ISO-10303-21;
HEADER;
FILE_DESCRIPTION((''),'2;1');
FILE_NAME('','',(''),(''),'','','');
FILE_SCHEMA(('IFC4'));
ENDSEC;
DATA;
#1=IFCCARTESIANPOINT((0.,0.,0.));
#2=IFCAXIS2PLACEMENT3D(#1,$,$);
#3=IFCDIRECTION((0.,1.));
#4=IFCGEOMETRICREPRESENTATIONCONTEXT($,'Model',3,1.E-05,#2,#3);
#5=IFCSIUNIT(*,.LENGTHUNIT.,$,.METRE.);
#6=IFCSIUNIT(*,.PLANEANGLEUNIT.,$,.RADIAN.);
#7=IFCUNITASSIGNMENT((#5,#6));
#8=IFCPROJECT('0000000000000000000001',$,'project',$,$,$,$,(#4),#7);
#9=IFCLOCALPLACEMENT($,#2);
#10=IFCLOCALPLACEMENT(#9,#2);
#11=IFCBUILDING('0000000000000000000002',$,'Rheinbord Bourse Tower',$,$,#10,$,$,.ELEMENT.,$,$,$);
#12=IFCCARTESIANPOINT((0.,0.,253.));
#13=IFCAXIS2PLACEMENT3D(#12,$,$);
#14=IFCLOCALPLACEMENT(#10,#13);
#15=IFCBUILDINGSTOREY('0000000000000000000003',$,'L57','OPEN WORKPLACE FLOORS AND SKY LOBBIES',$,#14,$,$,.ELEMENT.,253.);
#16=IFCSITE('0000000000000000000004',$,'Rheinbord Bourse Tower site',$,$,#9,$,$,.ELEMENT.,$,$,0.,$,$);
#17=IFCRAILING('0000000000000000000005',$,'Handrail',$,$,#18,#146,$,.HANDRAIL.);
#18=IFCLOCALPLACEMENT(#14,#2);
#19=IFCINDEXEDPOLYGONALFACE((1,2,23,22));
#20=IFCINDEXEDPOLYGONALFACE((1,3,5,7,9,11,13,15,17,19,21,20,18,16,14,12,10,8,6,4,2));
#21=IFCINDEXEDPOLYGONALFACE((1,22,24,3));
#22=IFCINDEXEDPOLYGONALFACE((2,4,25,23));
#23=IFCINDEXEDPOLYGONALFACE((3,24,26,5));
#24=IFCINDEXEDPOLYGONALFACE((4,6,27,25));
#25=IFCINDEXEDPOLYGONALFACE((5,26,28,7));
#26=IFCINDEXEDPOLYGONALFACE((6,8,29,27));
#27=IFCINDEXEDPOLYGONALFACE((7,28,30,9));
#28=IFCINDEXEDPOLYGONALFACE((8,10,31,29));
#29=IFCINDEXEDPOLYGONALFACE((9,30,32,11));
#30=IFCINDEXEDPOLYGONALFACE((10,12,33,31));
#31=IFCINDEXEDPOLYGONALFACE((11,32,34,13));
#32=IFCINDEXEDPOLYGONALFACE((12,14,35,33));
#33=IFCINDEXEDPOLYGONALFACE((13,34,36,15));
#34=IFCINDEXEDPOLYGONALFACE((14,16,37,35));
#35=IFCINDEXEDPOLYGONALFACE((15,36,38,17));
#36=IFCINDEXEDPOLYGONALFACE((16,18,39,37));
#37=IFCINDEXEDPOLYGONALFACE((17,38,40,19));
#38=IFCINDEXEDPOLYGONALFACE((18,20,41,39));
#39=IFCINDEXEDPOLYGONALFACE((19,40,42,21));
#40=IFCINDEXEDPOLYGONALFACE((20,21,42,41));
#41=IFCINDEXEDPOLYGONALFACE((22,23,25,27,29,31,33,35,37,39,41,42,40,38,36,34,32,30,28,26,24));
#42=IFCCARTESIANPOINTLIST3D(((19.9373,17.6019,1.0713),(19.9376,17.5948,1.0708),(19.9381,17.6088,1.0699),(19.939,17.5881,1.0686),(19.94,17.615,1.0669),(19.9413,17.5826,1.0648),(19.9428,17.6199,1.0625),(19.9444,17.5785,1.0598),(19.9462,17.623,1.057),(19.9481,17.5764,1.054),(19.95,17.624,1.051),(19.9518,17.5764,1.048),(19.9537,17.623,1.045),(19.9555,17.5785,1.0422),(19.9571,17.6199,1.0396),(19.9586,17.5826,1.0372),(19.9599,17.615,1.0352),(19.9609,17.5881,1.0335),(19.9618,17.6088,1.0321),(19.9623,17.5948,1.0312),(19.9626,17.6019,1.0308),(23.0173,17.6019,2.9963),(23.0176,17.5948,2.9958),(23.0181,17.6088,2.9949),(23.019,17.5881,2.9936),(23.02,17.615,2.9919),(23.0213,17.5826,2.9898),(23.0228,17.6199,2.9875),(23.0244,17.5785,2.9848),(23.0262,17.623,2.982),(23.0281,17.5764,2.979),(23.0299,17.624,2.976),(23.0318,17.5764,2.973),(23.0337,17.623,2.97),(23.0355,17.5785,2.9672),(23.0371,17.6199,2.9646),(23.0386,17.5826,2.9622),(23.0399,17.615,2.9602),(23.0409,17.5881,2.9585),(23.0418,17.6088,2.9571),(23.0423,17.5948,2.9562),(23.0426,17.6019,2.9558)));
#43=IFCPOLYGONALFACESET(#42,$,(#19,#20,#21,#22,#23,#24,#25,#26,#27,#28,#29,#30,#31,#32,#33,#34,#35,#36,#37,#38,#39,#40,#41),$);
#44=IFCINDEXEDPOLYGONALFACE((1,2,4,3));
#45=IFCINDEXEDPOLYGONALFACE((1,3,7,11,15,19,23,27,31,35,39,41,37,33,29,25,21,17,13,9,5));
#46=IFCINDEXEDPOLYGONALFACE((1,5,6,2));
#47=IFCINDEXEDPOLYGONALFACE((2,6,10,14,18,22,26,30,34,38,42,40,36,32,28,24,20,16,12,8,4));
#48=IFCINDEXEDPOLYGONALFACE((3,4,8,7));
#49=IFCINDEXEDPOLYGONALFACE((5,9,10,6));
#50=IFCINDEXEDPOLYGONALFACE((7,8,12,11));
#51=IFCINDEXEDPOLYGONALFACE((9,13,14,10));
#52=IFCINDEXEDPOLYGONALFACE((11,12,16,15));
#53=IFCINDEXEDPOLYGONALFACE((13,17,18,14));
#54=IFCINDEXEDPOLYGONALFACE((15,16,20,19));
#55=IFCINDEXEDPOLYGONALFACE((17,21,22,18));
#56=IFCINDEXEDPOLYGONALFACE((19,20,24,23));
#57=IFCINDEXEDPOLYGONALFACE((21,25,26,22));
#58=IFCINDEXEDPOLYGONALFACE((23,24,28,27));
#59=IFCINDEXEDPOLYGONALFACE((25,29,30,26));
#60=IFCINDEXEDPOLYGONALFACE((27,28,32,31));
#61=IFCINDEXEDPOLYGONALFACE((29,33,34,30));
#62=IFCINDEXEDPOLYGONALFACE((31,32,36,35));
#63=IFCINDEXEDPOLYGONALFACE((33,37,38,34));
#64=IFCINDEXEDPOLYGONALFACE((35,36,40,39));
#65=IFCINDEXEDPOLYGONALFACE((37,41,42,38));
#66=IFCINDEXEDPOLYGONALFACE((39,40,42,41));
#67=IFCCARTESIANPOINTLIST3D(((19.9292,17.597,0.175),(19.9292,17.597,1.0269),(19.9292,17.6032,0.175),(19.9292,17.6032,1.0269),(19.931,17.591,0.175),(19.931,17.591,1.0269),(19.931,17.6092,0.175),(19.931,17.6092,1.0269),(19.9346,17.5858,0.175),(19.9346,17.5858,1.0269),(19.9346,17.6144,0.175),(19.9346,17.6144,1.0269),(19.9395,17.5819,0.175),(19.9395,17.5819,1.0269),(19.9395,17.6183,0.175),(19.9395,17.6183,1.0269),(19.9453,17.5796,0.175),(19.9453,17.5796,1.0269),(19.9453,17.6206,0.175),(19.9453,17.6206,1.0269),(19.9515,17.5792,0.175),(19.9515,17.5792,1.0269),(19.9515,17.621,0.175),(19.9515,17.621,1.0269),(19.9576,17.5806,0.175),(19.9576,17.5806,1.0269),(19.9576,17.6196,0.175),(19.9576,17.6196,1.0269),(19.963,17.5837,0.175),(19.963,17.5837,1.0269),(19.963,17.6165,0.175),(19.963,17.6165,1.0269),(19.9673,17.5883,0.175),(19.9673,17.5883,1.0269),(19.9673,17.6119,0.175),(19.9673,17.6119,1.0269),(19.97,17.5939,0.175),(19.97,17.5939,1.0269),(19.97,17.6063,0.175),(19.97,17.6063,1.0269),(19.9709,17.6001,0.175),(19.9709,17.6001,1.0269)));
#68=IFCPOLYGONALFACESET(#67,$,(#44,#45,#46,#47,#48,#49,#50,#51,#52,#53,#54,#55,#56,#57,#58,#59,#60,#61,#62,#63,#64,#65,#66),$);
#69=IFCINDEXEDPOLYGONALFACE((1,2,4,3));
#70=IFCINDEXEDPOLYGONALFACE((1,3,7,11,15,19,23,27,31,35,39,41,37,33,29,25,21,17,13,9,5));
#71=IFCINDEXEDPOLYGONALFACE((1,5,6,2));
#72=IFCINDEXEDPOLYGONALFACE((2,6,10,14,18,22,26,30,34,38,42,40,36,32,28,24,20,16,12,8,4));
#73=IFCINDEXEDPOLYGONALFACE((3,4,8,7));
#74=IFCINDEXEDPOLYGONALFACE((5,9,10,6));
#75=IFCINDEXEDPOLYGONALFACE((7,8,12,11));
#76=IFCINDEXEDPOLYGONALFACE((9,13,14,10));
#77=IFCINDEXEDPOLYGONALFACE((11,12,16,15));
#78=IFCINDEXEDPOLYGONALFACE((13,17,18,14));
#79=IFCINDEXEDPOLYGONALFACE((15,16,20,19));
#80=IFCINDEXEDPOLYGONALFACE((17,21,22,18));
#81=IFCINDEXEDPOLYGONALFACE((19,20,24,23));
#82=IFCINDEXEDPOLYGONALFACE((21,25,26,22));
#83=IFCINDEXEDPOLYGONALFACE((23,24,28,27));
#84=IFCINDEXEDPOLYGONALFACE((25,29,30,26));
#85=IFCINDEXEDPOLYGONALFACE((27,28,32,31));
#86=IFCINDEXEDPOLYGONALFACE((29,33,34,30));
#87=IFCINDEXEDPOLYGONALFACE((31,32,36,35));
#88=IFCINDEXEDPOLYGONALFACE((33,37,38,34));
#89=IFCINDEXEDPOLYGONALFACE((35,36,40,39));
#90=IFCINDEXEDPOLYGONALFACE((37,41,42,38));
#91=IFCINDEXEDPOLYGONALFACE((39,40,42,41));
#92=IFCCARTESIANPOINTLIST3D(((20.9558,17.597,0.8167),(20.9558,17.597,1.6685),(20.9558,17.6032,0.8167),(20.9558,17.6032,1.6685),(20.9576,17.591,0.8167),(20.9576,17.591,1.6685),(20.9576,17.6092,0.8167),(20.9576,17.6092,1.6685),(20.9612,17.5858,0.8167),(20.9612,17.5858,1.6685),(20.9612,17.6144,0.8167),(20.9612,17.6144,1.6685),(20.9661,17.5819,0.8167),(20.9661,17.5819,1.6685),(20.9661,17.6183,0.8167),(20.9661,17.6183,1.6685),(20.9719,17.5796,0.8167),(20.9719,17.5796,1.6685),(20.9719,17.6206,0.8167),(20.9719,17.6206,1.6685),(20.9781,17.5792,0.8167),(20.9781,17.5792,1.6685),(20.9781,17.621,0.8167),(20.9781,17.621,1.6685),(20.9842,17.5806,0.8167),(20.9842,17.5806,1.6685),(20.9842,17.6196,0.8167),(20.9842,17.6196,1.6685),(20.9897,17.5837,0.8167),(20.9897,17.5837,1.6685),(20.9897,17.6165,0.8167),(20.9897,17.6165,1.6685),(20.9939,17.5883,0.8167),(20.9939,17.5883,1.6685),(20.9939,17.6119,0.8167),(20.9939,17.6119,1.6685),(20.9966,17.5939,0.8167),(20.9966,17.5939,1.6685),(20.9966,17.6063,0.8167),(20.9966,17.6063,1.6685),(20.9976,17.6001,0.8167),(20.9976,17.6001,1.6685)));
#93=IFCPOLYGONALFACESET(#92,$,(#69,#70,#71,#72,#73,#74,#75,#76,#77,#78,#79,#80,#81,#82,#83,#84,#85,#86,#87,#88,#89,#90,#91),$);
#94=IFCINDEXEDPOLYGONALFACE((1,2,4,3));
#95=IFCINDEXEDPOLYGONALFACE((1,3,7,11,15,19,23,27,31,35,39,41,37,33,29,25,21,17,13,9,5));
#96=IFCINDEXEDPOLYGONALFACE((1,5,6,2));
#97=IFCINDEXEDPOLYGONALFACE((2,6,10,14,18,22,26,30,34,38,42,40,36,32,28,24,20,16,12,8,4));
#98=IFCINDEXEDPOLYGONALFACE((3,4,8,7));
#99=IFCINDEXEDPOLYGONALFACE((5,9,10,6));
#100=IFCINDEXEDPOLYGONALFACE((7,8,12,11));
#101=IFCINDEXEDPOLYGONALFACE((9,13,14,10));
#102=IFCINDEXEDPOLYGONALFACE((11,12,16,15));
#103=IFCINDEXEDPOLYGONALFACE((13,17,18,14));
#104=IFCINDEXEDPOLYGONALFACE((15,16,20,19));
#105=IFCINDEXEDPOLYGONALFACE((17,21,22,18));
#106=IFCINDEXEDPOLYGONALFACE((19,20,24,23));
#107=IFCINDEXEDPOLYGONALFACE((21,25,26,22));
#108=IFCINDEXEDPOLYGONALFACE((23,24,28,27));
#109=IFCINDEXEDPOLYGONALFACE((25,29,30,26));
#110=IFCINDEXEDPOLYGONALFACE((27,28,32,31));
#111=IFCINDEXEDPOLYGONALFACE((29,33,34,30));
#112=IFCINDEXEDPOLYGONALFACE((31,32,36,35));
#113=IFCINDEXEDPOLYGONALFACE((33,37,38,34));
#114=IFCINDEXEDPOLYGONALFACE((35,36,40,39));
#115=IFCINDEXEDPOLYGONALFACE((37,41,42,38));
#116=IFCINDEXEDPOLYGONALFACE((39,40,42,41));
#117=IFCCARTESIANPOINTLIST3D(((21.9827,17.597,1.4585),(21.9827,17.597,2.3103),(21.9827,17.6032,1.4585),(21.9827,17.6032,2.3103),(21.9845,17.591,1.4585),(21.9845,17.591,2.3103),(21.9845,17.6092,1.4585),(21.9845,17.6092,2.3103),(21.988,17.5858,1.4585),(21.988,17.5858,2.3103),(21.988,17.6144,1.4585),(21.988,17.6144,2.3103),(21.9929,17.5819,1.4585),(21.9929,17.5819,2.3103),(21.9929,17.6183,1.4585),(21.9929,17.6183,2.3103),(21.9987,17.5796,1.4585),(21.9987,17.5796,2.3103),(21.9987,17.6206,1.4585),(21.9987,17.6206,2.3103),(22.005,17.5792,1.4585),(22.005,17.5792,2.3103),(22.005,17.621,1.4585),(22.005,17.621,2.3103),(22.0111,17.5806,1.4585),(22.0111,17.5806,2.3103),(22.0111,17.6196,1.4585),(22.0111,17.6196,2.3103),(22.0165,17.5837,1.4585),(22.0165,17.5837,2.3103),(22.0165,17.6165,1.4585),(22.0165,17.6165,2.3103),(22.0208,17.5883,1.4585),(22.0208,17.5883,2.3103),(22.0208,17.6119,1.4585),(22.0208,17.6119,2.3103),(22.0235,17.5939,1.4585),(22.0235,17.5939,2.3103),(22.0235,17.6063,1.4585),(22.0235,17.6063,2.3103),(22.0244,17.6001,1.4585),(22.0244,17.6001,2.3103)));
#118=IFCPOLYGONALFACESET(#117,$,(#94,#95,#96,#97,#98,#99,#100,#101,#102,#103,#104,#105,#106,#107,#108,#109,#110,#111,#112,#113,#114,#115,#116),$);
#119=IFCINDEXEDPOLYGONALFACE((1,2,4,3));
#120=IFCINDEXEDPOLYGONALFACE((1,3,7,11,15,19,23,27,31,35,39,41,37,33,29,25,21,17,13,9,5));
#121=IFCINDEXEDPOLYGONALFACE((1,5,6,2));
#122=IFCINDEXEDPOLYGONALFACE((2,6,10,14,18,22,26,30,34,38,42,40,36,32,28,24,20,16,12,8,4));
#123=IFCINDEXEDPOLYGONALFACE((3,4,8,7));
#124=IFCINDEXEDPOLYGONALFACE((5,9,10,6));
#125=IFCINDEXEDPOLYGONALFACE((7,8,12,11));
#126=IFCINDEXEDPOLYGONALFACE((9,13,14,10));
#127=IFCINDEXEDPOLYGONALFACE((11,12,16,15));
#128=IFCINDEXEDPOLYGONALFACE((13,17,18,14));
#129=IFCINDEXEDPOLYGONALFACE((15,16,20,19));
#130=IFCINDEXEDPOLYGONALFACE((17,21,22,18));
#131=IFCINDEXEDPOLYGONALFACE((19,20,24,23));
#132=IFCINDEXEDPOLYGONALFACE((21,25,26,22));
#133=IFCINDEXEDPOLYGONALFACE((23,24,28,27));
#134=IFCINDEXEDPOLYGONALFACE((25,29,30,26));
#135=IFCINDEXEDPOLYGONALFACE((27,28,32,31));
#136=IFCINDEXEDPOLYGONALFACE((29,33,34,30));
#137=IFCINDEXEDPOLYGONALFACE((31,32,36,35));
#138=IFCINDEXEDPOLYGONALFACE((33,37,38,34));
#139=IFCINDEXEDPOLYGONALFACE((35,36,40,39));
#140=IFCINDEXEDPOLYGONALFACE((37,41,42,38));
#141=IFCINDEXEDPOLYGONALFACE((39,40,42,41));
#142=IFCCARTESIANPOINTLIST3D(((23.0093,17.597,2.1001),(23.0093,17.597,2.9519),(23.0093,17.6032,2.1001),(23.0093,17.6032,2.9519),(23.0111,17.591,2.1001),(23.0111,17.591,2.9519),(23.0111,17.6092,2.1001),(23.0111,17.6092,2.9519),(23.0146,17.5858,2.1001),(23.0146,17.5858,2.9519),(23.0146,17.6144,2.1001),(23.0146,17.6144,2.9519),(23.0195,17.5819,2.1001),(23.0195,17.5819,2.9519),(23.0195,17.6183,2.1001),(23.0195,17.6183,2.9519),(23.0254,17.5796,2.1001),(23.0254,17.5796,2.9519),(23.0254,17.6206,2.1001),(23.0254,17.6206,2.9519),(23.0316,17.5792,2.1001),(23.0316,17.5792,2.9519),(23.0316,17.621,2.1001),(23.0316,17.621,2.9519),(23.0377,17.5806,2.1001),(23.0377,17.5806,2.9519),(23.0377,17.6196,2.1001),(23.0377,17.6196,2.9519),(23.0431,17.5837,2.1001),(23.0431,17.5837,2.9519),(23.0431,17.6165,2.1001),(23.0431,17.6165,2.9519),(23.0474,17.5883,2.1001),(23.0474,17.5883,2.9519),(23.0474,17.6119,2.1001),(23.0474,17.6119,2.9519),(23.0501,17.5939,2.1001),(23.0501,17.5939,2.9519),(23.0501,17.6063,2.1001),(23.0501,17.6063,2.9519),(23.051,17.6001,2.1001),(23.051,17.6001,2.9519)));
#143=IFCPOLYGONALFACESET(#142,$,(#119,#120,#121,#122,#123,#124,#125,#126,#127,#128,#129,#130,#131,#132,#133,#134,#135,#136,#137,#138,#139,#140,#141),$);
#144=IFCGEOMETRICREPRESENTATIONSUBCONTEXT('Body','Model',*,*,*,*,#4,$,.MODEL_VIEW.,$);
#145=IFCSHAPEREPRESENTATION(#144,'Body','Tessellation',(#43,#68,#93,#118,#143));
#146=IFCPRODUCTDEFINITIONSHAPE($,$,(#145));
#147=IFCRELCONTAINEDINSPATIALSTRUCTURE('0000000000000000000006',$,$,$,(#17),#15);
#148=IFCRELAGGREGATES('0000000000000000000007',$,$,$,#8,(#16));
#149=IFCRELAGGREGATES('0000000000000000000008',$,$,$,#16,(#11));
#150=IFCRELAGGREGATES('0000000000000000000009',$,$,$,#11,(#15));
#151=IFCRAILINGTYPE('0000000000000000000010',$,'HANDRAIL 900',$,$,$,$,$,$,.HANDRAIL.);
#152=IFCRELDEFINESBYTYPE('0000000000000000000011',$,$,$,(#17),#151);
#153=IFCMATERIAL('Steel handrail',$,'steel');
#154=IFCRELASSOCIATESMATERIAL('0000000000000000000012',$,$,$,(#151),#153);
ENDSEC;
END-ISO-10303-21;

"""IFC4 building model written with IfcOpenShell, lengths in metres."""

from ifc_helpers import new_model, si_unit, direction, frame, origin, origin_2d, place, context, subcontext, project, spatial, circle, extrude, material, type_object, element, save


model = new_model("IFC4")

# Units and contexts
model_context = context("Model", 3, precision=1e-05, world=origin(), true_north=direction((0.0, 1.0)))
body_context = subcontext(model_context, "Body", "Model", "MODEL_VIEW")
ifc_project = project(units=[si_unit("LENGTHUNIT", "METRE"), si_unit("PLANEANGLEUNIT", "RADIAN")], contexts=[model_context])

# Site, building, storey
site_placement = place(None, origin())
site = spatial("IfcSite", under=ifc_project, at=site_placement, Name="Rheinbord Bourse Tower site", CompositionType="ELEMENT", RefElevation=0.0)
building_placement = place(site_placement, origin())
building = spatial("IfcBuilding", under=site, at=building_placement, Name="Rheinbord Bourse Tower", CompositionType="ELEMENT")
storey_placement = place(building_placement, frame((0.0, 0.0, 253.0)))
storey = spatial("IfcBuildingStorey", under=building, at=storey_placement, Name="L57", Description="OPEN WORKPLACE FLOORS AND SKY LOBBIES", CompositionType="ELEMENT", Elevation=253.0)

# Railing
ifc_material_1 = material(Name="Steel handrail", Category="steel")
railing_type = type_object("IfcRailingType", Name="HANDRAIL 900", PredefinedType="HANDRAIL", material=ifc_material_1)
railing_1_placement = place(storey_placement, frame((19.95, 17.6001, 0.175)))
element("IfcRailing", 1, at=railing_1_placement, inside=storey, type_object=railing_type, Name="Handrail", PredefinedType="HANDRAIL", context=body_context, shape_type="SweptSolid", body=[
    extrude(circle(Radius=0.0239, at=origin_2d()), frame((0.0, 0.0, 0.876), z_axis=(0.847998, 0.0, 0.529999), x_axis=(0.0, 1.0, 0.0)), (0.0, 0.0, 1.0), 3.6321),
    extrude(circle(Radius=0.021, at=origin_2d()), origin(), (0.0, 0.0, 1.0), 0.8518),
    extrude(circle(Radius=0.021, at=origin_2d()), frame((1.0266, 0.0, 0.6416)), (0.0, 0.0, 1.0), 0.8518),
    extrude(circle(Radius=0.021, at=origin_2d()), frame((2.0535, 0.0, 1.2834)), (0.0, 0.0, 1.0), 0.8518),
    extrude(circle(Radius=0.021, at=origin_2d()), frame((3.0801, 0.0, 1.925)), (0.0, 0.0, 1.0), 0.8518),
])

save(model, "model.ifc")
